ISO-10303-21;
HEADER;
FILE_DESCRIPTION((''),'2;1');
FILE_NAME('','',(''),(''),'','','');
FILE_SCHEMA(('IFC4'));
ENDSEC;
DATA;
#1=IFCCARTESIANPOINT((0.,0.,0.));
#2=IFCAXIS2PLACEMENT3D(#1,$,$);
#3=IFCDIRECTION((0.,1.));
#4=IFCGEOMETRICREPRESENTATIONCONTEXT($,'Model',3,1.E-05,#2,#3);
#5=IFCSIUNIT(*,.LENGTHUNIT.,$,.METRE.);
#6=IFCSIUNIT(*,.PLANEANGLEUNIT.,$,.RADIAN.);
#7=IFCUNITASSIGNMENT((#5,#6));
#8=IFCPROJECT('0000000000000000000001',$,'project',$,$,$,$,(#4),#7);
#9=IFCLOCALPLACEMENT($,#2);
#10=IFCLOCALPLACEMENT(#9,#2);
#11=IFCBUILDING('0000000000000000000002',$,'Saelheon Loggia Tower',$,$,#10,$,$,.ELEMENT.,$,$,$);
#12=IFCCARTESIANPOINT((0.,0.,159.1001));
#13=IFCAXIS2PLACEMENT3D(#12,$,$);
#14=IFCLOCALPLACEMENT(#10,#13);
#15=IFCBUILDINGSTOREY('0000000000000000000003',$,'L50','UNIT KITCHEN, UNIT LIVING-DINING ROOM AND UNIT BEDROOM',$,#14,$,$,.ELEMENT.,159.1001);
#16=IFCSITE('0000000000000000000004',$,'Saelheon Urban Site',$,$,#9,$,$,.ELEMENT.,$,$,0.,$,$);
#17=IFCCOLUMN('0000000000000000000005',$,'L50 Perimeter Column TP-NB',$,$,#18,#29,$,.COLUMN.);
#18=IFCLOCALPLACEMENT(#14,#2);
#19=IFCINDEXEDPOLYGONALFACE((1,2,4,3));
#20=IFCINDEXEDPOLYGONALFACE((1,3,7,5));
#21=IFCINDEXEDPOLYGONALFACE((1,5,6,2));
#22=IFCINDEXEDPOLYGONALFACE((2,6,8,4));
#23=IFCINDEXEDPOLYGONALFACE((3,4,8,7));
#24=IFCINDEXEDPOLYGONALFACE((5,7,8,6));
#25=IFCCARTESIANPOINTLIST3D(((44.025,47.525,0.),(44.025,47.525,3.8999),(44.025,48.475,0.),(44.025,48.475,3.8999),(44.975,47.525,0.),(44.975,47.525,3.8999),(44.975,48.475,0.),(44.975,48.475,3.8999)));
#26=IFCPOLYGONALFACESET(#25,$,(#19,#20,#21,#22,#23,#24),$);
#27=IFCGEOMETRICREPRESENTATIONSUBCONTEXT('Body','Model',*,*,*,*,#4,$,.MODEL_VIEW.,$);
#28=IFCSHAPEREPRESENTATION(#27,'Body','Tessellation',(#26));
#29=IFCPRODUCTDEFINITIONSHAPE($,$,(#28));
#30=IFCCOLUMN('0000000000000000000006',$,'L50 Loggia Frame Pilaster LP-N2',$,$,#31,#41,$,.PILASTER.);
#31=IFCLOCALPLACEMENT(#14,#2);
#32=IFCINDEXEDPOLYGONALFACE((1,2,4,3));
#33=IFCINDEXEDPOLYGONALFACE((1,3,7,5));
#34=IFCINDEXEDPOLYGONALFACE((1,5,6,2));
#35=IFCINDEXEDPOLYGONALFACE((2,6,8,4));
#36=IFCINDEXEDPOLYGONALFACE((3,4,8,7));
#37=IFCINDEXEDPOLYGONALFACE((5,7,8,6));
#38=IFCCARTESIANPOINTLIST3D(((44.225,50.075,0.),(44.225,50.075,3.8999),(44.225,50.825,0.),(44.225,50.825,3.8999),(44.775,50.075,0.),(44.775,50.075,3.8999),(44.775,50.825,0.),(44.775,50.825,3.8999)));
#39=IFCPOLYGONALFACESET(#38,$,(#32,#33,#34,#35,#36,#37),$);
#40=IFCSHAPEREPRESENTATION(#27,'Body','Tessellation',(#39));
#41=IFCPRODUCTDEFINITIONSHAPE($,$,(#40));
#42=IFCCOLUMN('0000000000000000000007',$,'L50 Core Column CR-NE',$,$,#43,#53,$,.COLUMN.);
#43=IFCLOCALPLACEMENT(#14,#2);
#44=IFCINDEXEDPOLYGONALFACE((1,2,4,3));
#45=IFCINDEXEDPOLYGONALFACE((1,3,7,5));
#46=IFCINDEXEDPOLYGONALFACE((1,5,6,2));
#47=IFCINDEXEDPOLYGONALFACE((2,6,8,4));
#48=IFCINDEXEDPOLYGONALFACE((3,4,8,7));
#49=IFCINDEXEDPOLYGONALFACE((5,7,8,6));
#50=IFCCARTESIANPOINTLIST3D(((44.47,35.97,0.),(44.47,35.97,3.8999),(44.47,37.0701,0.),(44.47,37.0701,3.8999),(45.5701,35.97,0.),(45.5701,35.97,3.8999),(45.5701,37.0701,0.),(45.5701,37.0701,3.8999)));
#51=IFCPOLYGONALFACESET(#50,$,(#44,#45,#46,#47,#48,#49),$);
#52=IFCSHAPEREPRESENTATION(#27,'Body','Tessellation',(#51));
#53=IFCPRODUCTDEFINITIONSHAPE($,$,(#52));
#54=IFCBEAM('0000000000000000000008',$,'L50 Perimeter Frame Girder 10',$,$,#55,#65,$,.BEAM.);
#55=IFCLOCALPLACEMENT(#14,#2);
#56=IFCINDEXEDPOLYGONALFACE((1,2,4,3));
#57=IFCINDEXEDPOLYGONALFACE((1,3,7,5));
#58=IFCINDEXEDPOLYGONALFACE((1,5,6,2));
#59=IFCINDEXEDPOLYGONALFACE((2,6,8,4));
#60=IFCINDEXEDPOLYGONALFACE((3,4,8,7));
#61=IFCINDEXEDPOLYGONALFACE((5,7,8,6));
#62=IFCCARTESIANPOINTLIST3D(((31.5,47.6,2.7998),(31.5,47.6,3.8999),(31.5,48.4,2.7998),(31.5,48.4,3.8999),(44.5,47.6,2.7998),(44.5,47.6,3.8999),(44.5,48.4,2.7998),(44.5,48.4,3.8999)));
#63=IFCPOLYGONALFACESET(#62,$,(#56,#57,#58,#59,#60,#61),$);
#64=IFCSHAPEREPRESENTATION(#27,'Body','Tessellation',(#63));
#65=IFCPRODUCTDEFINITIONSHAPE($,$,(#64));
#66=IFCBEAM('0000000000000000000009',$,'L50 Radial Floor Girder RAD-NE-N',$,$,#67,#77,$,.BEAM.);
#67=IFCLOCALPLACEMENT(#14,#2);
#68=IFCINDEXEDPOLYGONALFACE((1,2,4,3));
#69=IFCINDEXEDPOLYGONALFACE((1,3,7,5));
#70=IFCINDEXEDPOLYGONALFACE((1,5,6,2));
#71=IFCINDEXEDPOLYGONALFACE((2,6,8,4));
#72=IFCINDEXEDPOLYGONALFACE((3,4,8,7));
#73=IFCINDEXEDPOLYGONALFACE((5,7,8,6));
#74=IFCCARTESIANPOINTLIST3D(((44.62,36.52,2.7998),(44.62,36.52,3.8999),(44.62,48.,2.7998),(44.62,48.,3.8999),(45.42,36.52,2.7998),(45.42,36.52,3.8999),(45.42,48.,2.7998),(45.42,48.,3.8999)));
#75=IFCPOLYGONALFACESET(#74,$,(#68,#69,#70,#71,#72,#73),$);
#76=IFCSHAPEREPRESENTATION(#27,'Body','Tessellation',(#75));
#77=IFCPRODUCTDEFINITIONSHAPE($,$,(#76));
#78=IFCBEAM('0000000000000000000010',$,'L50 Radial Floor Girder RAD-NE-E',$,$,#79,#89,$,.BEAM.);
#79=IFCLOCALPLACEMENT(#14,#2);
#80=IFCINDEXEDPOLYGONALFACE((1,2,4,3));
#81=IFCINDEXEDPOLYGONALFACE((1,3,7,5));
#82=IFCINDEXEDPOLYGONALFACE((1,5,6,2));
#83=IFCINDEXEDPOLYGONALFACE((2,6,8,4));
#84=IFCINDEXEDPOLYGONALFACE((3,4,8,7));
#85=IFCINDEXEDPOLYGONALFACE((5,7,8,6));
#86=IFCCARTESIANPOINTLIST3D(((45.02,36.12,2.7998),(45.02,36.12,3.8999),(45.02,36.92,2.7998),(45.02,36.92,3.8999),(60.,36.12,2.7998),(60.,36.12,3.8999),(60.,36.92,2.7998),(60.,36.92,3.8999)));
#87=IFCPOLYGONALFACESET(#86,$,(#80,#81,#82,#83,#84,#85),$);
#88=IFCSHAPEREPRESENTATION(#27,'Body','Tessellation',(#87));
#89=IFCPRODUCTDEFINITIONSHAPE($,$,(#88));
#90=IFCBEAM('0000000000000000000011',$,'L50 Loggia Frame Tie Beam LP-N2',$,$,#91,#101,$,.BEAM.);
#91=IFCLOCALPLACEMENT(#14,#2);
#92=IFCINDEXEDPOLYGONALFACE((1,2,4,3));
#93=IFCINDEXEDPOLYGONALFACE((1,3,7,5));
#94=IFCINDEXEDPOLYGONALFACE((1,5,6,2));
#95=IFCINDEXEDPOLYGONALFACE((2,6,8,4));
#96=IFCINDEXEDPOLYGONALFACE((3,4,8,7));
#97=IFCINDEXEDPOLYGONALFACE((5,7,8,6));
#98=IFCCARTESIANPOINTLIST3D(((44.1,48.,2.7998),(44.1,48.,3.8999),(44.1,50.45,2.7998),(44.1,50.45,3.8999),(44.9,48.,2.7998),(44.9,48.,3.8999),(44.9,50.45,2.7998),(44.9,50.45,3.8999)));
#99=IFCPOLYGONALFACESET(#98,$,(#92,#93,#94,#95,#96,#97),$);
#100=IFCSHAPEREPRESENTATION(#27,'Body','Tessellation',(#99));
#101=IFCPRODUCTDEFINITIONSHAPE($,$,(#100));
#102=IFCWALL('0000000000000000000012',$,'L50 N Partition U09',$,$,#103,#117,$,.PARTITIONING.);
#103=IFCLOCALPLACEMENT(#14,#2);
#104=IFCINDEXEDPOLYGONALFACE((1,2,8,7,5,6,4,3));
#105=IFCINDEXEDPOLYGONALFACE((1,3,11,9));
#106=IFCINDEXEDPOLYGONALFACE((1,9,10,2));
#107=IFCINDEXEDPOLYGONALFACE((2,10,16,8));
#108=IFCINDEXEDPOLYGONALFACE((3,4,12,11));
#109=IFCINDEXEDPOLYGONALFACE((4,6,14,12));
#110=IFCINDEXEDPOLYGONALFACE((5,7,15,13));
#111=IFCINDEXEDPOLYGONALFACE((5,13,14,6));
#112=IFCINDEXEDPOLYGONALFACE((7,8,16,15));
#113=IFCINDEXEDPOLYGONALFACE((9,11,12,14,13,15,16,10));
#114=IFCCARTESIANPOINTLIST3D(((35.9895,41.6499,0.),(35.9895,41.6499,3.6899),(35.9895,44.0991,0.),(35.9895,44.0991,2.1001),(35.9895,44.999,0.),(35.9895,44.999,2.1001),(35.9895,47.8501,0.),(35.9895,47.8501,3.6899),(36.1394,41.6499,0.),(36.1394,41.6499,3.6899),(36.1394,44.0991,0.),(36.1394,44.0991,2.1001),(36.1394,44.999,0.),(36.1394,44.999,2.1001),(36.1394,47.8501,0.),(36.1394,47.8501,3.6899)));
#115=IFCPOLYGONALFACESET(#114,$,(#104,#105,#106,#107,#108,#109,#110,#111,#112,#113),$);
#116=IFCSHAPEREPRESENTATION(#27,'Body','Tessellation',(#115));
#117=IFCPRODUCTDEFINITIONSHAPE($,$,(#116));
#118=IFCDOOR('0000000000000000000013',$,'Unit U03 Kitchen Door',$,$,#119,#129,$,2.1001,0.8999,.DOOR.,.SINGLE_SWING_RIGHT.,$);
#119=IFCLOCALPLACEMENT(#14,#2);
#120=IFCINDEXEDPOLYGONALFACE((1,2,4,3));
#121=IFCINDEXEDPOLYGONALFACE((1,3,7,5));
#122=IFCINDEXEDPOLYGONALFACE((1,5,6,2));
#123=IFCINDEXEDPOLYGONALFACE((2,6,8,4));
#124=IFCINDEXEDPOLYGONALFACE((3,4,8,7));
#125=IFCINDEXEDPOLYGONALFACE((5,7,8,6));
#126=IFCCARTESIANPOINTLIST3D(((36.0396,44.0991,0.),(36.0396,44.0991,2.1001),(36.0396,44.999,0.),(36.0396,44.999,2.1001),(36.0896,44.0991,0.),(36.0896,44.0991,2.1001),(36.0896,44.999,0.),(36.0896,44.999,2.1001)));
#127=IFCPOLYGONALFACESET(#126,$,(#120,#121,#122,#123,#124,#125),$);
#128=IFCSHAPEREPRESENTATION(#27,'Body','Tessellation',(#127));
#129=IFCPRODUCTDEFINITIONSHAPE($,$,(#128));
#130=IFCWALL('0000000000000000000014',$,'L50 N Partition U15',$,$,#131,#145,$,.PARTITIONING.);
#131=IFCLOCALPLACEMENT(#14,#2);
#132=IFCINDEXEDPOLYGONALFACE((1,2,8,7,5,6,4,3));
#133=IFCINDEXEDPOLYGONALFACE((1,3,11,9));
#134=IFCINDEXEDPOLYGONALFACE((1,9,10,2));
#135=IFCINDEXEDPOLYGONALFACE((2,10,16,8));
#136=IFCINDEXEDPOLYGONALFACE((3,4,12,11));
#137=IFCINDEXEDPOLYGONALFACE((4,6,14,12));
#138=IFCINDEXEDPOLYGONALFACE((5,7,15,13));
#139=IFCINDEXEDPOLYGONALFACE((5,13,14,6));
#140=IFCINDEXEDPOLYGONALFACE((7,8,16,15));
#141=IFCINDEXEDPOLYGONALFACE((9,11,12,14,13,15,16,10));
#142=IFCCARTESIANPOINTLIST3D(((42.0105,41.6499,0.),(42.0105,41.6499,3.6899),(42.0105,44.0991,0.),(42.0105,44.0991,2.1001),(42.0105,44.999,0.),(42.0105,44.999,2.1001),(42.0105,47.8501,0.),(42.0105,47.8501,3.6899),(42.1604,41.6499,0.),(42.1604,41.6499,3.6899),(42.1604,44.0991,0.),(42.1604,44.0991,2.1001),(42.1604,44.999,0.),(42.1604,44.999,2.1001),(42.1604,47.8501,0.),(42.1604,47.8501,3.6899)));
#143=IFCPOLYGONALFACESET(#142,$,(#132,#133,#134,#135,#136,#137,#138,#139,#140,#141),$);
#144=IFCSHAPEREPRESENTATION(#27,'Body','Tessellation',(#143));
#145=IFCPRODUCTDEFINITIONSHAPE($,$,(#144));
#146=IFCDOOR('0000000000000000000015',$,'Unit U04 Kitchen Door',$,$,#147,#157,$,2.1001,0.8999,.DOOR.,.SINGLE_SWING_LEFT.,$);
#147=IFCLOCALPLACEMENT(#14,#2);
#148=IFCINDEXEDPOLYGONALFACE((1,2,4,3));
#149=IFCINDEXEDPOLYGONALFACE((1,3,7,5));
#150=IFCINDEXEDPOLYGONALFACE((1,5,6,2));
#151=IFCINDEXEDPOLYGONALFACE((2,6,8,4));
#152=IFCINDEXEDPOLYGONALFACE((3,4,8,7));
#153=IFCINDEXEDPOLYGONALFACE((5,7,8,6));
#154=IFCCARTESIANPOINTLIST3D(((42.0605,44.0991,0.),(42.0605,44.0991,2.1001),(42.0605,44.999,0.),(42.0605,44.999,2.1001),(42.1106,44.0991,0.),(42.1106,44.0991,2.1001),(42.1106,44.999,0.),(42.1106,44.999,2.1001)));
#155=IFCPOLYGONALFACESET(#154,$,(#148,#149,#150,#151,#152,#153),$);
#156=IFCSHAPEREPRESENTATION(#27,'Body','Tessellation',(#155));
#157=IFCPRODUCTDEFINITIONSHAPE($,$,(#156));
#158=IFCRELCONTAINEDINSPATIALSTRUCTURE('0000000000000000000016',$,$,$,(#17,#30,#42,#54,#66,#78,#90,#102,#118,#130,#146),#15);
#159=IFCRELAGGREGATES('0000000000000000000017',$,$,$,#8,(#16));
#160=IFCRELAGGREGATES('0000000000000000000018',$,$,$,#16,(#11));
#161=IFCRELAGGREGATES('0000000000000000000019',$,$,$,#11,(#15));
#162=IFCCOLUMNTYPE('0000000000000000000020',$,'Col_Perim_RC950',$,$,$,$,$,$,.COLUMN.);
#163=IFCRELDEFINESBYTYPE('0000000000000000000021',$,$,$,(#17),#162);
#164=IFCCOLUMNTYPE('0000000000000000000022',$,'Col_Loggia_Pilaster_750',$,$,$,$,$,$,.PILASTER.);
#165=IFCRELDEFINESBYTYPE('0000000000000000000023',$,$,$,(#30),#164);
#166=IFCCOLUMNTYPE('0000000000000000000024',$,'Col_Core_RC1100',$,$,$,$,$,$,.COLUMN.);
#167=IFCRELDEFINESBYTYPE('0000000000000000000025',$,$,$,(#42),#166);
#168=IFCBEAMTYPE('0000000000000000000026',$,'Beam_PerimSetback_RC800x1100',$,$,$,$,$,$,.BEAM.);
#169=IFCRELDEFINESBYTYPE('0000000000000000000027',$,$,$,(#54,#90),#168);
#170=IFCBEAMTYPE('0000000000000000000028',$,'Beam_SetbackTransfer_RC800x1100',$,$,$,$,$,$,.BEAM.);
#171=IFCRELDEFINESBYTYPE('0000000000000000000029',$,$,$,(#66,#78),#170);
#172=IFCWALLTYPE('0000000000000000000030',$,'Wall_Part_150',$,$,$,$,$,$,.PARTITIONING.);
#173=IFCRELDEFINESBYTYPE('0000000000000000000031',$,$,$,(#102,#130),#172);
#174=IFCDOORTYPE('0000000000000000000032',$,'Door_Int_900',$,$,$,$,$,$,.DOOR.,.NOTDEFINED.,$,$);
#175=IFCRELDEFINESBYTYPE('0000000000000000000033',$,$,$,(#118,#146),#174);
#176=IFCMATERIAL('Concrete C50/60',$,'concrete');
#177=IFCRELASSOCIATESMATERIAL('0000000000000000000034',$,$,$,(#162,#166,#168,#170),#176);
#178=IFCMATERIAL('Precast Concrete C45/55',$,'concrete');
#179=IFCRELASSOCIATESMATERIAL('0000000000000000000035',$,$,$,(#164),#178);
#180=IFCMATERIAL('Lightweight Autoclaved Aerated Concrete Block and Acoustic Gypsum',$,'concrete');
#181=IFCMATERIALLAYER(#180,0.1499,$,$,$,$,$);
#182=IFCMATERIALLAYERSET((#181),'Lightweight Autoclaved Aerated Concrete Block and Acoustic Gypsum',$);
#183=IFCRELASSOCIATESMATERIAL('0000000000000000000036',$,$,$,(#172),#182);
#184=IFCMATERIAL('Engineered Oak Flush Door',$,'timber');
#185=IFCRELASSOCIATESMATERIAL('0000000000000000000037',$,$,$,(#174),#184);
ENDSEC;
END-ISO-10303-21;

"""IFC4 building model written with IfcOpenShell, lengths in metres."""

from ifc_helpers import new_model, si_unit, direction, frame, frame_2d, origin, origin_2d, place, context, subcontext, project, spatial, rectangle, extrude, source, transform, mapped, material, layer, layer_set, material_profile, profile_set, type_object, element, fill, save


model = new_model("IFC4")

# Units and contexts
model_context = context("Model", 3, precision=1e-05, world=origin(), true_north=direction((0.0, 1.0)))
body_context = subcontext(model_context, "Body", "Model", "MODEL_VIEW")
ifc_project = project(units=[si_unit("LENGTHUNIT", "METRE"), si_unit("PLANEANGLEUNIT", "RADIAN")], contexts=[model_context])

# Site, building, storey
site_placement = place(None, origin())
site = spatial("IfcSite", under=ifc_project, at=site_placement, Name="Saelheon Urban Site", CompositionType="ELEMENT", RefElevation=0.0)
building_placement = place(site_placement, origin())
building = spatial("IfcBuilding", under=site, at=building_placement, Name="Saelheon Loggia Tower", CompositionType="ELEMENT")
storey_placement = place(building_placement, frame((0.0, 0.0, 159.1001)))
storey = spatial("IfcBuildingStorey", under=building, at=storey_placement, Name="L50", Description="UNIT KITCHEN, UNIT LIVING-DINING ROOM AND UNIT BEDROOM", CompositionType="ELEMENT", Elevation=159.1001)

# Columns
ifc_material_1 = material(Name="Concrete C50/60", Category="concrete")
ifc_material_profile_1 = material_profile(ifc_material_1, rectangle(XDim=0.95, YDim=0.95, at=origin_2d()), Name="RC-950x950")
ifc_profile_set_1 = profile_set([ifc_material_profile_1], Name="Concrete C50/60")
column_type_1 = type_object("IfcColumnType", Name="Col_Perim_RC950", PredefinedType="COLUMN", material=ifc_profile_set_1)
shared_shape_1 = source(origin(), body_context, "Body", "SweptSolid", [
    extrude(rectangle(XDim=0.95, YDim=0.95, at=origin_2d()), origin(), (0.0, 0.0, 1.0), 3.8999),
])
column_1_placement = place(storey_placement, frame((44.5, 48.0, 0.0), z_axis=(0.0, 0.0, 1.0), x_axis=(1.0, 0.0, 0.0)))
element("IfcColumn", 1, at=column_1_placement, inside=storey, type_object=column_type_1, Name="L50 Perimeter Column TP-NB", PredefinedType="COLUMN", context=body_context, shape_type="MappedRepresentation", body=[
    mapped(shared_shape_1, transform((0.0, 0.0, 0.0), scale=1.0)),
])
ifc_material_2 = material(Name="Precast Concrete C45/55", Category="concrete")
ifc_material_profile_2 = material_profile(ifc_material_2, rectangle(XDim=0.55, YDim=0.75, at=origin_2d()), Name="RC-550x750")
ifc_profile_set_2 = profile_set([ifc_material_profile_2], Name="Precast Concrete C45/55")
column_type_2 = type_object("IfcColumnType", Name="Col_Loggia_Pilaster_750", PredefinedType="PILASTER", material=ifc_profile_set_2)
shared_shape_2 = source(origin(), body_context, "Body", "SweptSolid", [
    extrude(rectangle(XDim=0.55, YDim=0.75, at=origin_2d()), origin(), (0.0, 0.0, 1.0), 3.8999),
])
column_2_placement = place(storey_placement, frame((44.5, 50.45, 0.0), z_axis=(0.0, 0.0, 1.0), x_axis=(1.0, 0.0, 0.0)))
element("IfcColumn", 2, at=column_2_placement, inside=storey, type_object=column_type_2, Name="L50 Loggia Frame Pilaster LP-N2", PredefinedType="PILASTER", context=body_context, shape_type="MappedRepresentation", body=[
    mapped(shared_shape_2, transform((0.0, 0.0, 0.0), scale=1.0)),
])
ifc_material_profile_3 = material_profile(ifc_material_1, rectangle(XDim=1.1001, YDim=1.1001, at=origin_2d()), Name="RC-1100x1100")
ifc_profile_set_3 = profile_set([ifc_material_profile_3], Name="Concrete C50/60")
column_type_3 = type_object("IfcColumnType", Name="Col_Core_RC1100", PredefinedType="COLUMN", material=ifc_profile_set_3)
shared_shape_3 = source(origin(), body_context, "Body", "SweptSolid", [
    extrude(rectangle(XDim=1.1001, YDim=1.1001, at=origin_2d()), origin(), (0.0, 0.0, 1.0), 3.8999),
])
column_3_placement = place(storey_placement, frame((45.02, 36.52, 0.0), z_axis=(0.0, 0.0, 1.0), x_axis=(1.0, 0.0, 0.0)))
element("IfcColumn", 3, at=column_3_placement, inside=storey, type_object=column_type_3, Name="L50 Core Column CR-NE", PredefinedType="COLUMN", context=body_context, shape_type="MappedRepresentation", body=[
    mapped(shared_shape_3, transform((0.0, 0.0, 0.0), scale=1.0)),
])

# Beams
ifc_material_profile_4 = material_profile(ifc_material_1, rectangle(XDim=0.8, YDim=1.1001, at=origin_2d()), Name="RC-800x1100")
ifc_profile_set_4 = profile_set([ifc_material_profile_4], Name="Concrete C50/60")
beam_type_1 = type_object("IfcBeamType", Name="Beam_PerimSetback_RC800x1100", PredefinedType="BEAM", material=ifc_profile_set_4)
shared_shape_4 = source(origin(), body_context, "Body", "SweptSolid", [
    extrude(rectangle(XDim=0.8, YDim=1.1001, at=origin_2d()), origin(), (0.0, 0.0, 1.0), 13.0),
])
beam_1_placement = place(storey_placement, frame((44.5, 48.0, 3.3499), z_axis=(-1.0, 0.0, 0.0), x_axis=(0.0, -1.0, 0.0)))
element("IfcBeam", 4, at=beam_1_placement, inside=storey, type_object=beam_type_1, Name="L50 Perimeter Frame Girder 10", PredefinedType="BEAM", context=body_context, shape_type="MappedRepresentation", body=[
    mapped(shared_shape_4, transform((0.0, 0.0, 0.0), scale=1.0)),
])
ifc_material_profile_5 = material_profile(ifc_material_1, rectangle(XDim=0.8, YDim=1.1001, at=origin_2d()), Name="RC-800x1100")
ifc_profile_set_5 = profile_set([ifc_material_profile_5], Name="Concrete C50/60")
beam_type_2 = type_object("IfcBeamType", Name="Beam_SetbackTransfer_RC800x1100", PredefinedType="BEAM", material=ifc_profile_set_5)
shared_shape_5 = source(origin(), body_context, "Body", "SweptSolid", [
    extrude(rectangle(XDim=0.8, YDim=1.1001, at=origin_2d()), origin(), (0.0, 0.0, 1.0), 11.48),
])
beam_2_placement = place(storey_placement, frame((45.02, 36.52, 3.3499), z_axis=(0.0, 1.0, 0.0), x_axis=(-1.0, 0.0, 0.0)))
element("IfcBeam", 5, at=beam_2_placement, inside=storey, type_object=beam_type_2, Name="L50 Radial Floor Girder RAD-NE-N", PredefinedType="BEAM", context=body_context, shape_type="MappedRepresentation", body=[
    mapped(shared_shape_5, transform((0.0, 0.0, 0.0), scale=1.0)),
])
shared_shape_6 = source(origin(), body_context, "Body", "SweptSolid", [
    extrude(rectangle(XDim=0.8, YDim=1.1001, at=origin_2d()), origin(), (0.0, 0.0, 1.0), 14.98),
])
beam_3_placement = place(storey_placement, frame((45.02, 36.52, 3.3499), z_axis=(1.0, 0.0, 0.0), x_axis=(0.0, 1.0, 0.0)))
element("IfcBeam", 6, at=beam_3_placement, inside=storey, type_object=beam_type_2, Name="L50 Radial Floor Girder RAD-NE-E", PredefinedType="BEAM", context=body_context, shape_type="MappedRepresentation", body=[
    mapped(shared_shape_6, transform((0.0, 0.0, 0.0), scale=1.0)),
])
shared_shape_7 = source(origin(), body_context, "Body", "SweptSolid", [
    extrude(rectangle(XDim=0.8, YDim=1.1001, at=origin_2d()), origin(), (0.0, 0.0, 1.0), 2.45),
])
beam_4_placement = place(storey_placement, frame((44.5, 48.0, 3.3499), z_axis=(0.0, 1.0, 0.0), x_axis=(-1.0, 0.0, 0.0)))
element("IfcBeam", 7, at=beam_4_placement, inside=storey, type_object=beam_type_1, Name="L50 Loggia Frame Tie Beam LP-N2", PredefinedType="BEAM", context=body_context, shape_type="MappedRepresentation", body=[
    mapped(shared_shape_7, transform((0.0, 0.0, 0.0), scale=1.0)),
])

# Walls, openings, doors
ifc_material_3 = material(Name="Lightweight Autoclaved Aerated Concrete Block and Acoustic Gypsum", Category="concrete")
ifc_layer_1 = layer(ifc_material_3, 0.1499)
ifc_layer_set_1 = layer_set([ifc_layer_1], Name="Lightweight Autoclaved Aerated Concrete Block and Acoustic Gypsum")
wall_type_1 = type_object("IfcWallType", Name="Wall_Part_150", PredefinedType="PARTITIONING", material=ifc_layer_set_1)
wall_1_placement = place(storey_placement, frame((36.0645, 41.6499, 0.0), z_axis=(0.0, 0.0, 1.0), x_axis=(0.0, 1.0, 0.0)))
wall_1 = element("IfcWall", 8, at=wall_1_placement, inside=storey, type_object=wall_type_1, Name="L50 N Partition U09", PredefinedType="PARTITIONING", context=body_context, shape_type="SweptSolid", body=[
    extrude(rectangle(XDim=6.2002, YDim=0.1499, at=frame_2d((3.1001, 0.0))), origin(), (0.0, 0.0, 1.0), 3.6899),
])
opening_1_placement = place(wall_1_placement, frame((2.4492, 0.0, 0.0)))
opening_1 = element("IfcOpeningElement", 9, at=opening_1_placement, cuts=wall_1, PredefinedType="OPENING", context=body_context, shape_type="SweptSolid", body=[
    extrude(rectangle(XDim=0.8999, YDim=2.1001, at=frame_2d((0.45, 1.05))), frame((0.0, 0.0869, 0.0), z_axis=(0.0, -1.0, 0.0), x_axis=(1.0, 0.0, 0.0)), (0.0, 0.0, 1.0), 0.1738),
])
ifc_material_4 = material(Name="Engineered Oak Flush Door", Category="timber")
door_type_1 = type_object("IfcDoorType", Name="Door_Int_900", OperationType="NOTDEFINED", PredefinedType="DOOR", material=ifc_material_4)
shared_shape_8 = source(origin(), body_context, "Body", "SweptSolid", [
    extrude(rectangle(XDim=0.8999, YDim=2.1001, at=frame_2d((0.45, 1.05))), frame((0.0, 0.0249, 0.0), z_axis=(0.0, -1.0, 0.0), x_axis=(1.0, 0.0, 0.0)), (0.0, 0.0, 1.0), 0.05),
])
door_1_placement = place(opening_1_placement, origin())
door_1 = element("IfcDoor", 10, at=door_1_placement, inside=storey, type_object=door_type_1, Name="Unit U03 Kitchen Door", OperationType="SINGLE_SWING_RIGHT", OverallHeight=2.1001, OverallWidth=0.8999, PredefinedType="DOOR", context=body_context, shape_type="MappedRepresentation", body=[
    mapped(shared_shape_8, transform((0.0, 0.0, 0.0), scale=1.0)),
])
fill(opening_1, door_1)
wall_2_placement = place(storey_placement, frame((42.0854, 41.6499, 0.0), z_axis=(0.0, 0.0, 1.0), x_axis=(0.0, 1.0, 0.0)))
wall_2 = element("IfcWall", 11, at=wall_2_placement, inside=storey, type_object=wall_type_1, Name="L50 N Partition U15", PredefinedType="PARTITIONING", context=body_context, shape_type="SweptSolid", body=[
    extrude(rectangle(XDim=6.2002, YDim=0.1499, at=frame_2d((3.1001, 0.0))), origin(), (0.0, 0.0, 1.0), 3.6899),
])
opening_2_placement = place(wall_2_placement, frame((2.4492, 0.0, 0.0)))
opening_2 = element("IfcOpeningElement", 12, at=opening_2_placement, cuts=wall_2, PredefinedType="OPENING", context=body_context, shape_type="SweptSolid", body=[
    extrude(rectangle(XDim=0.8999, YDim=2.1001, at=frame_2d((0.45, 1.05))), frame((0.0, 0.0869, 0.0), z_axis=(0.0, -1.0, 0.0), x_axis=(1.0, 0.0, 0.0)), (0.0, 0.0, 1.0), 0.1738),
])
door_2_placement = place(opening_2_placement, origin())
door_2 = element("IfcDoor", 13, at=door_2_placement, inside=storey, type_object=door_type_1, Name="Unit U04 Kitchen Door", OperationType="SINGLE_SWING_LEFT", OverallHeight=2.1001, OverallWidth=0.8999, PredefinedType="DOOR", context=body_context, shape_type="MappedRepresentation", body=[
    mapped(shared_shape_8, transform((0.0, 0.0, 0.0), scale=1.0)),
])
fill(opening_2, door_2)

save(model, "model.ifc")
